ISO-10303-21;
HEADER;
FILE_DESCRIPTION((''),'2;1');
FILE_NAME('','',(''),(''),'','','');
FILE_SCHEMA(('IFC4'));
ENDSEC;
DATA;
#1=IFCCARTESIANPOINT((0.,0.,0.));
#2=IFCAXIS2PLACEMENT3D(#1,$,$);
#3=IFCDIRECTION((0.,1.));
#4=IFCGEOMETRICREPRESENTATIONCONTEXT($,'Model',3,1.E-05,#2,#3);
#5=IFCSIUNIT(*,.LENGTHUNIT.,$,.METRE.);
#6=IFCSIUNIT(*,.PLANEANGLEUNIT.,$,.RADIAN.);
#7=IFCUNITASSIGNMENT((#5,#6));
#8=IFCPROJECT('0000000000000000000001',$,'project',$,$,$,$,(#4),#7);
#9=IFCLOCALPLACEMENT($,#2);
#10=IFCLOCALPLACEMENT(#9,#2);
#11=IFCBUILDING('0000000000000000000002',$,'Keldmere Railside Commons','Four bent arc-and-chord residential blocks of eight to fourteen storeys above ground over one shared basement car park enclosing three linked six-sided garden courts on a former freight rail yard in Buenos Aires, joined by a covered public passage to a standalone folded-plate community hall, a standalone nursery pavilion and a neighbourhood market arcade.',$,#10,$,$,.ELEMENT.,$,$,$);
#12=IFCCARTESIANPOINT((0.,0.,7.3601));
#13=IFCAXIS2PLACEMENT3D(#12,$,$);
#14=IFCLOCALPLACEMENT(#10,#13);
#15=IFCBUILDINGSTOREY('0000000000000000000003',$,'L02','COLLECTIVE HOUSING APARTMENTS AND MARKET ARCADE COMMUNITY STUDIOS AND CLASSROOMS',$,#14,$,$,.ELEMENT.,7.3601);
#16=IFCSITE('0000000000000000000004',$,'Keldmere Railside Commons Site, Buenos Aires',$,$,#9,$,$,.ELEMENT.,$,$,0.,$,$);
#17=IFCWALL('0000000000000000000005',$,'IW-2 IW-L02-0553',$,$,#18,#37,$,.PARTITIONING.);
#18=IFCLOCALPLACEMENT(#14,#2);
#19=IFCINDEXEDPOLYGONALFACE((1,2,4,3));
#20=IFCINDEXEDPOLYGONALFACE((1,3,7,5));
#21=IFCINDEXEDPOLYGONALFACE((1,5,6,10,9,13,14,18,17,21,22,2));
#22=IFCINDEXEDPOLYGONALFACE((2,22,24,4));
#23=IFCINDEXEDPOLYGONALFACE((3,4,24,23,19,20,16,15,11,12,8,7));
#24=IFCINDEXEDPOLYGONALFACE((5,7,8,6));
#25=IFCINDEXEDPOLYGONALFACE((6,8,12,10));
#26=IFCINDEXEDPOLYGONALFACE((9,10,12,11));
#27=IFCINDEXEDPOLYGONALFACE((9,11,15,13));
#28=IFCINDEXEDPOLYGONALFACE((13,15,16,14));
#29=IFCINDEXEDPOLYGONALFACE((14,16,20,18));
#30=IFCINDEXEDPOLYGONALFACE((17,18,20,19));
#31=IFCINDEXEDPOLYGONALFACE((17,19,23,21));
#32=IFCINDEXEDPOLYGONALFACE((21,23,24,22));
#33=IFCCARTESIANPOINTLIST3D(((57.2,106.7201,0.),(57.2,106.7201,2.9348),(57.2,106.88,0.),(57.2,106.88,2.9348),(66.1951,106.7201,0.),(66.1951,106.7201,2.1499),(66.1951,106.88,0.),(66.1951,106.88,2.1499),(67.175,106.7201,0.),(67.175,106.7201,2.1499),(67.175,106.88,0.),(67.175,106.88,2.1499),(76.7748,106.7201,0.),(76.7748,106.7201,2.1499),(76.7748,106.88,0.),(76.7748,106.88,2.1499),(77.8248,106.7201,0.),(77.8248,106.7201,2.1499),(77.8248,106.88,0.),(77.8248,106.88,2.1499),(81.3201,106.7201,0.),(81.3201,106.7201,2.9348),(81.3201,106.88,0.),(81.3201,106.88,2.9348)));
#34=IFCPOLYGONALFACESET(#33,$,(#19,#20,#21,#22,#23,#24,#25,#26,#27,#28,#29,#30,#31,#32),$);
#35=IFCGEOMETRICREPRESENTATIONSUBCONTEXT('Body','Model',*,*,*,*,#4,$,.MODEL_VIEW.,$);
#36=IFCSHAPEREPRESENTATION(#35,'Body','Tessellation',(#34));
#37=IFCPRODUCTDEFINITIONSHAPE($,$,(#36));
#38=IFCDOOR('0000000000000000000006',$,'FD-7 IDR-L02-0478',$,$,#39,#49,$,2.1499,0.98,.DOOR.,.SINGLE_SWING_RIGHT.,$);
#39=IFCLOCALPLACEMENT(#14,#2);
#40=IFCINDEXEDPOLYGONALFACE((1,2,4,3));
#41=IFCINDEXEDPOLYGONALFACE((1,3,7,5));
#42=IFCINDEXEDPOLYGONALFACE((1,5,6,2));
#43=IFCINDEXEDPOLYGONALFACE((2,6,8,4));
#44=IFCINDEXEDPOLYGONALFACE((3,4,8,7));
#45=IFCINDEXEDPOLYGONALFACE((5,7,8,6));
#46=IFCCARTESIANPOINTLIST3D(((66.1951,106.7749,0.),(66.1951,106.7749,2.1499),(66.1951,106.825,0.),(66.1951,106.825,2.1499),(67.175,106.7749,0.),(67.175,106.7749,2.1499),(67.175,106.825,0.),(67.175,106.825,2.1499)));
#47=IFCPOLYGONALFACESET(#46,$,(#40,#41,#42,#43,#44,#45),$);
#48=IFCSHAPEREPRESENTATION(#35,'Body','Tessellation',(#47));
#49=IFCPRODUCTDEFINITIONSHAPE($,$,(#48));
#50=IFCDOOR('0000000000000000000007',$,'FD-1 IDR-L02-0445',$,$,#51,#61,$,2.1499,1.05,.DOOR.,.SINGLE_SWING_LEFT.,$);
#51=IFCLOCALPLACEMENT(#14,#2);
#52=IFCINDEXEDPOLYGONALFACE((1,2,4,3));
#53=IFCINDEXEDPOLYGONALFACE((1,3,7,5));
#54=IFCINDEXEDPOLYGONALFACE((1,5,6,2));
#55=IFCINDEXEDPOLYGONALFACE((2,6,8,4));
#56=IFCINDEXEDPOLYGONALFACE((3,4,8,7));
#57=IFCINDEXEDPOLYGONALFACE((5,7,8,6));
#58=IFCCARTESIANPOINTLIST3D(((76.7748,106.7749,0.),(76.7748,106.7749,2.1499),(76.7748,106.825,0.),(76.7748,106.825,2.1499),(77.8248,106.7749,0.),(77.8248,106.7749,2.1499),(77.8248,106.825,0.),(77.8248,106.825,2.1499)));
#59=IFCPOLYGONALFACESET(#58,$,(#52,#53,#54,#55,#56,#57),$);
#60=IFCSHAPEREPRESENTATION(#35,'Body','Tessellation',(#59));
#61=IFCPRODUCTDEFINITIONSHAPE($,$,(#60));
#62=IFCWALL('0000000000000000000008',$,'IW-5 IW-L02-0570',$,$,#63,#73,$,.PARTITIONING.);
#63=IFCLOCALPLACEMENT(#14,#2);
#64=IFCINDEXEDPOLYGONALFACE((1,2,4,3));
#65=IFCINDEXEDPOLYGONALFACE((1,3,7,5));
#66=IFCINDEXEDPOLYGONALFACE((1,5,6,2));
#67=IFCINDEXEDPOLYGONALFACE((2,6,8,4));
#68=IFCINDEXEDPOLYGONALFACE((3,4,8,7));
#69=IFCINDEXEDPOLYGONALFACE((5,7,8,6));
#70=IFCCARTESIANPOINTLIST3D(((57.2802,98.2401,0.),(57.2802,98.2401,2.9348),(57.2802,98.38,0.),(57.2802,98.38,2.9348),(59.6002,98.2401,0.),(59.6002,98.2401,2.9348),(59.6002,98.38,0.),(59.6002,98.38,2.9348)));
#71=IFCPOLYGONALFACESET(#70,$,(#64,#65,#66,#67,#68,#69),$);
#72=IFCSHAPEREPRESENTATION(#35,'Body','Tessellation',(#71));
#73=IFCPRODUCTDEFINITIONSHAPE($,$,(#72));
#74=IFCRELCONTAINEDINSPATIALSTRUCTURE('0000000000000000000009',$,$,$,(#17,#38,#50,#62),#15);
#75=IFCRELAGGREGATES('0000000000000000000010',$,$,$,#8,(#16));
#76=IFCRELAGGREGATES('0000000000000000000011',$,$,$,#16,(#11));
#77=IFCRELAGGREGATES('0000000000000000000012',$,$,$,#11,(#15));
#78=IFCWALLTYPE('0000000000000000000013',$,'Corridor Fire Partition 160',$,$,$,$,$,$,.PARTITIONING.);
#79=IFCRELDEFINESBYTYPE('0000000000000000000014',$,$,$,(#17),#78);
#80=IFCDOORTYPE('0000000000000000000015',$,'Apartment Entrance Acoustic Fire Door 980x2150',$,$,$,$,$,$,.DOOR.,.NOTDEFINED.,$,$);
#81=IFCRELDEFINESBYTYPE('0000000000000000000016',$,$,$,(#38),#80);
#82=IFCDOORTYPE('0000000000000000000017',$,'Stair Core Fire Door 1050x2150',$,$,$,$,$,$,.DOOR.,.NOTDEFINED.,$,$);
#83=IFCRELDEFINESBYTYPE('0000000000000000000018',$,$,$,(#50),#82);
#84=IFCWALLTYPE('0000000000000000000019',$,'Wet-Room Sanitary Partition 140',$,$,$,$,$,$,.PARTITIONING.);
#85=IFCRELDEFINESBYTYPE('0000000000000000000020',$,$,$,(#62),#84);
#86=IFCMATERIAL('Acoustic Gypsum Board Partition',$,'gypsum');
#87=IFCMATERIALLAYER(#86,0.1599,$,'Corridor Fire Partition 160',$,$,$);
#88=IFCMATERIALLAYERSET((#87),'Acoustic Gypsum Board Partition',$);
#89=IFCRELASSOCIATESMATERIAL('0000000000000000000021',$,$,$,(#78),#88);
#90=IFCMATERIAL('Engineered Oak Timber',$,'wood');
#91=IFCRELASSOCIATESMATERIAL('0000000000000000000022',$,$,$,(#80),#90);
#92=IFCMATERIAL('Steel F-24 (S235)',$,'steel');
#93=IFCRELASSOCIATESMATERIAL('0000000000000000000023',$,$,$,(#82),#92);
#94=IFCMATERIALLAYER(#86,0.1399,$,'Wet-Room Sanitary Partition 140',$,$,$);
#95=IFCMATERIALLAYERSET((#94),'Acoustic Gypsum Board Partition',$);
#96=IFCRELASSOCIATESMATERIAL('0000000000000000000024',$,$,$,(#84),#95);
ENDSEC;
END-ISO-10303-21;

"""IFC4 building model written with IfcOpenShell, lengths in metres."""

from ifc_helpers import new_model, si_unit, direction, frame, frame_2d, origin, place, context, subcontext, project, spatial, rectangle, extrude, material, layer, layer_set, type_object, element, fill, save


model = new_model("IFC4")

# Units and contexts
model_context = context("Model", 3, precision=1e-05, world=origin(), true_north=direction((0.0, 1.0)))
body_context = subcontext(model_context, "Body", "Model", "MODEL_VIEW")
ifc_project = project(units=[si_unit("LENGTHUNIT", "METRE"), si_unit("PLANEANGLEUNIT", "RADIAN")], contexts=[model_context])

# Site, building, storey
site_placement = place(None, origin())
site = spatial("IfcSite", under=ifc_project, at=site_placement, Name="Keldmere Railside Commons Site, Buenos Aires", CompositionType="ELEMENT", RefElevation=0.0)
building_placement = place(site_placement, origin())
building = spatial("IfcBuilding", under=site, at=building_placement, Name="Keldmere Railside Commons", Description="Four bent arc-and-chord residential blocks of eight to fourteen storeys above ground over one shared basement car park enclosing three linked six-sided garden courts on a former freight rail yard in Buenos Aires, joined by a covered public passage to a standalone folded-plate community hall, a standalone nursery pavilion and a neighbourhood market arcade.", CompositionType="ELEMENT")
storey_placement = place(building_placement, frame((0.0, 0.0, 7.3601)))
storey = spatial("IfcBuildingStorey", under=building, at=storey_placement, Name="L02", Description="COLLECTIVE HOUSING APARTMENTS AND MARKET ARCADE COMMUNITY STUDIOS AND CLASSROOMS", CompositionType="ELEMENT", Elevation=7.3601)

# Shared definitions
ifc_material_1 = material(Name="Acoustic Gypsum Board Partition", Category="gypsum")

# Shared definitions
ifc_material_2 = material(Name="Engineered Oak Timber", Category="wood")

# Wall, openings, doors
ifc_layer_1 = layer(ifc_material_1, 0.1599, Name="Corridor Fire Partition 160")
ifc_layer_set_1 = layer_set([ifc_layer_1], Name="Acoustic Gypsum Board Partition")
wall_type_1 = type_object("IfcWallType", Name="Corridor Fire Partition 160", PredefinedType="PARTITIONING", material=ifc_layer_set_1)
wall_1_placement = place(storey_placement, frame((57.2, 106.8, 0.0), z_axis=(0.0, 0.0, 1.0), x_axis=(1.0, 0.0, 0.0)))
wall_1 = element("IfcWall", 1, at=wall_1_placement, inside=storey, type_object=wall_type_1, Name="IW-2 IW-L02-0553", PredefinedType="PARTITIONING", context=body_context, shape_type="SweptSolid", body=[
    extrude(rectangle(XDim=24.1201, YDim=0.1599, at=frame_2d((12.0601, 0.0))), origin(), (0.0, 0.0, 1.0), 2.9348),
])
opening_1_placement = place(wall_1_placement, frame((19.575, 0.0, 0.0)))
opening_1 = element("IfcOpeningElement", 2, at=opening_1_placement, cuts=wall_1, PredefinedType="OPENING", context=body_context, shape_type="SweptSolid", body=[
    extrude(rectangle(XDim=1.05, YDim=2.1499, at=frame_2d((0.5249, 1.075))), frame((0.0, 0.0898, 0.0), z_axis=(0.0, -1.0, 0.0), x_axis=(1.0, 0.0, 0.0)), (0.0, 0.0, 1.0), 0.1799),
])
opening_2_placement = place(wall_1_placement, frame((8.9951, 0.0, 0.0)))
opening_2 = element("IfcOpeningElement", 3, at=opening_2_placement, cuts=wall_1, PredefinedType="OPENING", context=body_context, shape_type="SweptSolid", body=[
    extrude(rectangle(XDim=0.98, YDim=2.1499, at=frame_2d((0.49, 1.075))), frame((0.0, 0.0898, 0.0), z_axis=(0.0, -1.0, 0.0), x_axis=(1.0, 0.0, 0.0)), (0.0, 0.0, 1.0), 0.1799),
])
door_type_1 = type_object("IfcDoorType", Name="Apartment Entrance Acoustic Fire Door 980x2150", OperationType="NOTDEFINED", PredefinedType="DOOR", material=ifc_material_2)
door_1_placement = place(opening_2_placement, origin())
door_1 = element("IfcDoor", 4, at=door_1_placement, inside=storey, type_object=door_type_1, Name="FD-7 IDR-L02-0478", OperationType="SINGLE_SWING_RIGHT", OverallHeight=2.1499, OverallWidth=0.98, PredefinedType="DOOR", context=body_context, shape_type="SweptSolid", body=[
    extrude(rectangle(XDim=0.98, YDim=2.1499, at=frame_2d((0.49, 1.075))), frame((0.0, 0.0249, 0.0), z_axis=(0.0, -1.0, 0.0), x_axis=(1.0, 0.0, 0.0)), (0.0, 0.0, 1.0), 0.05),
])
fill(opening_2, door_1)
ifc_material_3 = material(Name="Steel F-24 (S235)", Category="steel")
door_type_2 = type_object("IfcDoorType", Name="Stair Core Fire Door 1050x2150", OperationType="NOTDEFINED", PredefinedType="DOOR", material=ifc_material_3)
door_2_placement = place(opening_1_placement, origin())
door_2 = element("IfcDoor", 5, at=door_2_placement, inside=storey, type_object=door_type_2, Name="FD-1 IDR-L02-0445", OperationType="SINGLE_SWING_LEFT", OverallHeight=2.1499, OverallWidth=1.05, PredefinedType="DOOR", context=body_context, shape_type="SweptSolid", body=[
    extrude(rectangle(XDim=1.05, YDim=2.1499, at=frame_2d((0.5249, 1.075))), frame((0.0, 0.0249, 0.0), z_axis=(0.0, -1.0, 0.0), x_axis=(1.0, 0.0, 0.0)), (0.0, 0.0, 1.0), 0.05),
])
fill(opening_1, door_2)

# Wall
ifc_layer_2 = layer(ifc_material_1, 0.1399, Name="Wet-Room Sanitary Partition 140")
ifc_layer_set_2 = layer_set([ifc_layer_2], Name="Acoustic Gypsum Board Partition")
wall_type_2 = type_object("IfcWallType", Name="Wet-Room Sanitary Partition 140", PredefinedType="PARTITIONING", material=ifc_layer_set_2)
wall_2_placement = place(storey_placement, frame((57.28, 98.3101, 0.0), z_axis=(0.0, 0.0, 1.0), x_axis=(1.0, 0.0, 0.0)))
element("IfcWall", 6, at=wall_2_placement, inside=storey, type_object=wall_type_2, Name="IW-5 IW-L02-0570", PredefinedType="PARTITIONING", context=body_context, shape_type="SweptSolid", body=[
    extrude(rectangle(XDim=2.3201, YDim=0.1399, at=frame_2d((1.1602, 0.0))), origin(), (0.0, 0.0, 1.0), 2.9348),
])

save(model, "model.ifc")
